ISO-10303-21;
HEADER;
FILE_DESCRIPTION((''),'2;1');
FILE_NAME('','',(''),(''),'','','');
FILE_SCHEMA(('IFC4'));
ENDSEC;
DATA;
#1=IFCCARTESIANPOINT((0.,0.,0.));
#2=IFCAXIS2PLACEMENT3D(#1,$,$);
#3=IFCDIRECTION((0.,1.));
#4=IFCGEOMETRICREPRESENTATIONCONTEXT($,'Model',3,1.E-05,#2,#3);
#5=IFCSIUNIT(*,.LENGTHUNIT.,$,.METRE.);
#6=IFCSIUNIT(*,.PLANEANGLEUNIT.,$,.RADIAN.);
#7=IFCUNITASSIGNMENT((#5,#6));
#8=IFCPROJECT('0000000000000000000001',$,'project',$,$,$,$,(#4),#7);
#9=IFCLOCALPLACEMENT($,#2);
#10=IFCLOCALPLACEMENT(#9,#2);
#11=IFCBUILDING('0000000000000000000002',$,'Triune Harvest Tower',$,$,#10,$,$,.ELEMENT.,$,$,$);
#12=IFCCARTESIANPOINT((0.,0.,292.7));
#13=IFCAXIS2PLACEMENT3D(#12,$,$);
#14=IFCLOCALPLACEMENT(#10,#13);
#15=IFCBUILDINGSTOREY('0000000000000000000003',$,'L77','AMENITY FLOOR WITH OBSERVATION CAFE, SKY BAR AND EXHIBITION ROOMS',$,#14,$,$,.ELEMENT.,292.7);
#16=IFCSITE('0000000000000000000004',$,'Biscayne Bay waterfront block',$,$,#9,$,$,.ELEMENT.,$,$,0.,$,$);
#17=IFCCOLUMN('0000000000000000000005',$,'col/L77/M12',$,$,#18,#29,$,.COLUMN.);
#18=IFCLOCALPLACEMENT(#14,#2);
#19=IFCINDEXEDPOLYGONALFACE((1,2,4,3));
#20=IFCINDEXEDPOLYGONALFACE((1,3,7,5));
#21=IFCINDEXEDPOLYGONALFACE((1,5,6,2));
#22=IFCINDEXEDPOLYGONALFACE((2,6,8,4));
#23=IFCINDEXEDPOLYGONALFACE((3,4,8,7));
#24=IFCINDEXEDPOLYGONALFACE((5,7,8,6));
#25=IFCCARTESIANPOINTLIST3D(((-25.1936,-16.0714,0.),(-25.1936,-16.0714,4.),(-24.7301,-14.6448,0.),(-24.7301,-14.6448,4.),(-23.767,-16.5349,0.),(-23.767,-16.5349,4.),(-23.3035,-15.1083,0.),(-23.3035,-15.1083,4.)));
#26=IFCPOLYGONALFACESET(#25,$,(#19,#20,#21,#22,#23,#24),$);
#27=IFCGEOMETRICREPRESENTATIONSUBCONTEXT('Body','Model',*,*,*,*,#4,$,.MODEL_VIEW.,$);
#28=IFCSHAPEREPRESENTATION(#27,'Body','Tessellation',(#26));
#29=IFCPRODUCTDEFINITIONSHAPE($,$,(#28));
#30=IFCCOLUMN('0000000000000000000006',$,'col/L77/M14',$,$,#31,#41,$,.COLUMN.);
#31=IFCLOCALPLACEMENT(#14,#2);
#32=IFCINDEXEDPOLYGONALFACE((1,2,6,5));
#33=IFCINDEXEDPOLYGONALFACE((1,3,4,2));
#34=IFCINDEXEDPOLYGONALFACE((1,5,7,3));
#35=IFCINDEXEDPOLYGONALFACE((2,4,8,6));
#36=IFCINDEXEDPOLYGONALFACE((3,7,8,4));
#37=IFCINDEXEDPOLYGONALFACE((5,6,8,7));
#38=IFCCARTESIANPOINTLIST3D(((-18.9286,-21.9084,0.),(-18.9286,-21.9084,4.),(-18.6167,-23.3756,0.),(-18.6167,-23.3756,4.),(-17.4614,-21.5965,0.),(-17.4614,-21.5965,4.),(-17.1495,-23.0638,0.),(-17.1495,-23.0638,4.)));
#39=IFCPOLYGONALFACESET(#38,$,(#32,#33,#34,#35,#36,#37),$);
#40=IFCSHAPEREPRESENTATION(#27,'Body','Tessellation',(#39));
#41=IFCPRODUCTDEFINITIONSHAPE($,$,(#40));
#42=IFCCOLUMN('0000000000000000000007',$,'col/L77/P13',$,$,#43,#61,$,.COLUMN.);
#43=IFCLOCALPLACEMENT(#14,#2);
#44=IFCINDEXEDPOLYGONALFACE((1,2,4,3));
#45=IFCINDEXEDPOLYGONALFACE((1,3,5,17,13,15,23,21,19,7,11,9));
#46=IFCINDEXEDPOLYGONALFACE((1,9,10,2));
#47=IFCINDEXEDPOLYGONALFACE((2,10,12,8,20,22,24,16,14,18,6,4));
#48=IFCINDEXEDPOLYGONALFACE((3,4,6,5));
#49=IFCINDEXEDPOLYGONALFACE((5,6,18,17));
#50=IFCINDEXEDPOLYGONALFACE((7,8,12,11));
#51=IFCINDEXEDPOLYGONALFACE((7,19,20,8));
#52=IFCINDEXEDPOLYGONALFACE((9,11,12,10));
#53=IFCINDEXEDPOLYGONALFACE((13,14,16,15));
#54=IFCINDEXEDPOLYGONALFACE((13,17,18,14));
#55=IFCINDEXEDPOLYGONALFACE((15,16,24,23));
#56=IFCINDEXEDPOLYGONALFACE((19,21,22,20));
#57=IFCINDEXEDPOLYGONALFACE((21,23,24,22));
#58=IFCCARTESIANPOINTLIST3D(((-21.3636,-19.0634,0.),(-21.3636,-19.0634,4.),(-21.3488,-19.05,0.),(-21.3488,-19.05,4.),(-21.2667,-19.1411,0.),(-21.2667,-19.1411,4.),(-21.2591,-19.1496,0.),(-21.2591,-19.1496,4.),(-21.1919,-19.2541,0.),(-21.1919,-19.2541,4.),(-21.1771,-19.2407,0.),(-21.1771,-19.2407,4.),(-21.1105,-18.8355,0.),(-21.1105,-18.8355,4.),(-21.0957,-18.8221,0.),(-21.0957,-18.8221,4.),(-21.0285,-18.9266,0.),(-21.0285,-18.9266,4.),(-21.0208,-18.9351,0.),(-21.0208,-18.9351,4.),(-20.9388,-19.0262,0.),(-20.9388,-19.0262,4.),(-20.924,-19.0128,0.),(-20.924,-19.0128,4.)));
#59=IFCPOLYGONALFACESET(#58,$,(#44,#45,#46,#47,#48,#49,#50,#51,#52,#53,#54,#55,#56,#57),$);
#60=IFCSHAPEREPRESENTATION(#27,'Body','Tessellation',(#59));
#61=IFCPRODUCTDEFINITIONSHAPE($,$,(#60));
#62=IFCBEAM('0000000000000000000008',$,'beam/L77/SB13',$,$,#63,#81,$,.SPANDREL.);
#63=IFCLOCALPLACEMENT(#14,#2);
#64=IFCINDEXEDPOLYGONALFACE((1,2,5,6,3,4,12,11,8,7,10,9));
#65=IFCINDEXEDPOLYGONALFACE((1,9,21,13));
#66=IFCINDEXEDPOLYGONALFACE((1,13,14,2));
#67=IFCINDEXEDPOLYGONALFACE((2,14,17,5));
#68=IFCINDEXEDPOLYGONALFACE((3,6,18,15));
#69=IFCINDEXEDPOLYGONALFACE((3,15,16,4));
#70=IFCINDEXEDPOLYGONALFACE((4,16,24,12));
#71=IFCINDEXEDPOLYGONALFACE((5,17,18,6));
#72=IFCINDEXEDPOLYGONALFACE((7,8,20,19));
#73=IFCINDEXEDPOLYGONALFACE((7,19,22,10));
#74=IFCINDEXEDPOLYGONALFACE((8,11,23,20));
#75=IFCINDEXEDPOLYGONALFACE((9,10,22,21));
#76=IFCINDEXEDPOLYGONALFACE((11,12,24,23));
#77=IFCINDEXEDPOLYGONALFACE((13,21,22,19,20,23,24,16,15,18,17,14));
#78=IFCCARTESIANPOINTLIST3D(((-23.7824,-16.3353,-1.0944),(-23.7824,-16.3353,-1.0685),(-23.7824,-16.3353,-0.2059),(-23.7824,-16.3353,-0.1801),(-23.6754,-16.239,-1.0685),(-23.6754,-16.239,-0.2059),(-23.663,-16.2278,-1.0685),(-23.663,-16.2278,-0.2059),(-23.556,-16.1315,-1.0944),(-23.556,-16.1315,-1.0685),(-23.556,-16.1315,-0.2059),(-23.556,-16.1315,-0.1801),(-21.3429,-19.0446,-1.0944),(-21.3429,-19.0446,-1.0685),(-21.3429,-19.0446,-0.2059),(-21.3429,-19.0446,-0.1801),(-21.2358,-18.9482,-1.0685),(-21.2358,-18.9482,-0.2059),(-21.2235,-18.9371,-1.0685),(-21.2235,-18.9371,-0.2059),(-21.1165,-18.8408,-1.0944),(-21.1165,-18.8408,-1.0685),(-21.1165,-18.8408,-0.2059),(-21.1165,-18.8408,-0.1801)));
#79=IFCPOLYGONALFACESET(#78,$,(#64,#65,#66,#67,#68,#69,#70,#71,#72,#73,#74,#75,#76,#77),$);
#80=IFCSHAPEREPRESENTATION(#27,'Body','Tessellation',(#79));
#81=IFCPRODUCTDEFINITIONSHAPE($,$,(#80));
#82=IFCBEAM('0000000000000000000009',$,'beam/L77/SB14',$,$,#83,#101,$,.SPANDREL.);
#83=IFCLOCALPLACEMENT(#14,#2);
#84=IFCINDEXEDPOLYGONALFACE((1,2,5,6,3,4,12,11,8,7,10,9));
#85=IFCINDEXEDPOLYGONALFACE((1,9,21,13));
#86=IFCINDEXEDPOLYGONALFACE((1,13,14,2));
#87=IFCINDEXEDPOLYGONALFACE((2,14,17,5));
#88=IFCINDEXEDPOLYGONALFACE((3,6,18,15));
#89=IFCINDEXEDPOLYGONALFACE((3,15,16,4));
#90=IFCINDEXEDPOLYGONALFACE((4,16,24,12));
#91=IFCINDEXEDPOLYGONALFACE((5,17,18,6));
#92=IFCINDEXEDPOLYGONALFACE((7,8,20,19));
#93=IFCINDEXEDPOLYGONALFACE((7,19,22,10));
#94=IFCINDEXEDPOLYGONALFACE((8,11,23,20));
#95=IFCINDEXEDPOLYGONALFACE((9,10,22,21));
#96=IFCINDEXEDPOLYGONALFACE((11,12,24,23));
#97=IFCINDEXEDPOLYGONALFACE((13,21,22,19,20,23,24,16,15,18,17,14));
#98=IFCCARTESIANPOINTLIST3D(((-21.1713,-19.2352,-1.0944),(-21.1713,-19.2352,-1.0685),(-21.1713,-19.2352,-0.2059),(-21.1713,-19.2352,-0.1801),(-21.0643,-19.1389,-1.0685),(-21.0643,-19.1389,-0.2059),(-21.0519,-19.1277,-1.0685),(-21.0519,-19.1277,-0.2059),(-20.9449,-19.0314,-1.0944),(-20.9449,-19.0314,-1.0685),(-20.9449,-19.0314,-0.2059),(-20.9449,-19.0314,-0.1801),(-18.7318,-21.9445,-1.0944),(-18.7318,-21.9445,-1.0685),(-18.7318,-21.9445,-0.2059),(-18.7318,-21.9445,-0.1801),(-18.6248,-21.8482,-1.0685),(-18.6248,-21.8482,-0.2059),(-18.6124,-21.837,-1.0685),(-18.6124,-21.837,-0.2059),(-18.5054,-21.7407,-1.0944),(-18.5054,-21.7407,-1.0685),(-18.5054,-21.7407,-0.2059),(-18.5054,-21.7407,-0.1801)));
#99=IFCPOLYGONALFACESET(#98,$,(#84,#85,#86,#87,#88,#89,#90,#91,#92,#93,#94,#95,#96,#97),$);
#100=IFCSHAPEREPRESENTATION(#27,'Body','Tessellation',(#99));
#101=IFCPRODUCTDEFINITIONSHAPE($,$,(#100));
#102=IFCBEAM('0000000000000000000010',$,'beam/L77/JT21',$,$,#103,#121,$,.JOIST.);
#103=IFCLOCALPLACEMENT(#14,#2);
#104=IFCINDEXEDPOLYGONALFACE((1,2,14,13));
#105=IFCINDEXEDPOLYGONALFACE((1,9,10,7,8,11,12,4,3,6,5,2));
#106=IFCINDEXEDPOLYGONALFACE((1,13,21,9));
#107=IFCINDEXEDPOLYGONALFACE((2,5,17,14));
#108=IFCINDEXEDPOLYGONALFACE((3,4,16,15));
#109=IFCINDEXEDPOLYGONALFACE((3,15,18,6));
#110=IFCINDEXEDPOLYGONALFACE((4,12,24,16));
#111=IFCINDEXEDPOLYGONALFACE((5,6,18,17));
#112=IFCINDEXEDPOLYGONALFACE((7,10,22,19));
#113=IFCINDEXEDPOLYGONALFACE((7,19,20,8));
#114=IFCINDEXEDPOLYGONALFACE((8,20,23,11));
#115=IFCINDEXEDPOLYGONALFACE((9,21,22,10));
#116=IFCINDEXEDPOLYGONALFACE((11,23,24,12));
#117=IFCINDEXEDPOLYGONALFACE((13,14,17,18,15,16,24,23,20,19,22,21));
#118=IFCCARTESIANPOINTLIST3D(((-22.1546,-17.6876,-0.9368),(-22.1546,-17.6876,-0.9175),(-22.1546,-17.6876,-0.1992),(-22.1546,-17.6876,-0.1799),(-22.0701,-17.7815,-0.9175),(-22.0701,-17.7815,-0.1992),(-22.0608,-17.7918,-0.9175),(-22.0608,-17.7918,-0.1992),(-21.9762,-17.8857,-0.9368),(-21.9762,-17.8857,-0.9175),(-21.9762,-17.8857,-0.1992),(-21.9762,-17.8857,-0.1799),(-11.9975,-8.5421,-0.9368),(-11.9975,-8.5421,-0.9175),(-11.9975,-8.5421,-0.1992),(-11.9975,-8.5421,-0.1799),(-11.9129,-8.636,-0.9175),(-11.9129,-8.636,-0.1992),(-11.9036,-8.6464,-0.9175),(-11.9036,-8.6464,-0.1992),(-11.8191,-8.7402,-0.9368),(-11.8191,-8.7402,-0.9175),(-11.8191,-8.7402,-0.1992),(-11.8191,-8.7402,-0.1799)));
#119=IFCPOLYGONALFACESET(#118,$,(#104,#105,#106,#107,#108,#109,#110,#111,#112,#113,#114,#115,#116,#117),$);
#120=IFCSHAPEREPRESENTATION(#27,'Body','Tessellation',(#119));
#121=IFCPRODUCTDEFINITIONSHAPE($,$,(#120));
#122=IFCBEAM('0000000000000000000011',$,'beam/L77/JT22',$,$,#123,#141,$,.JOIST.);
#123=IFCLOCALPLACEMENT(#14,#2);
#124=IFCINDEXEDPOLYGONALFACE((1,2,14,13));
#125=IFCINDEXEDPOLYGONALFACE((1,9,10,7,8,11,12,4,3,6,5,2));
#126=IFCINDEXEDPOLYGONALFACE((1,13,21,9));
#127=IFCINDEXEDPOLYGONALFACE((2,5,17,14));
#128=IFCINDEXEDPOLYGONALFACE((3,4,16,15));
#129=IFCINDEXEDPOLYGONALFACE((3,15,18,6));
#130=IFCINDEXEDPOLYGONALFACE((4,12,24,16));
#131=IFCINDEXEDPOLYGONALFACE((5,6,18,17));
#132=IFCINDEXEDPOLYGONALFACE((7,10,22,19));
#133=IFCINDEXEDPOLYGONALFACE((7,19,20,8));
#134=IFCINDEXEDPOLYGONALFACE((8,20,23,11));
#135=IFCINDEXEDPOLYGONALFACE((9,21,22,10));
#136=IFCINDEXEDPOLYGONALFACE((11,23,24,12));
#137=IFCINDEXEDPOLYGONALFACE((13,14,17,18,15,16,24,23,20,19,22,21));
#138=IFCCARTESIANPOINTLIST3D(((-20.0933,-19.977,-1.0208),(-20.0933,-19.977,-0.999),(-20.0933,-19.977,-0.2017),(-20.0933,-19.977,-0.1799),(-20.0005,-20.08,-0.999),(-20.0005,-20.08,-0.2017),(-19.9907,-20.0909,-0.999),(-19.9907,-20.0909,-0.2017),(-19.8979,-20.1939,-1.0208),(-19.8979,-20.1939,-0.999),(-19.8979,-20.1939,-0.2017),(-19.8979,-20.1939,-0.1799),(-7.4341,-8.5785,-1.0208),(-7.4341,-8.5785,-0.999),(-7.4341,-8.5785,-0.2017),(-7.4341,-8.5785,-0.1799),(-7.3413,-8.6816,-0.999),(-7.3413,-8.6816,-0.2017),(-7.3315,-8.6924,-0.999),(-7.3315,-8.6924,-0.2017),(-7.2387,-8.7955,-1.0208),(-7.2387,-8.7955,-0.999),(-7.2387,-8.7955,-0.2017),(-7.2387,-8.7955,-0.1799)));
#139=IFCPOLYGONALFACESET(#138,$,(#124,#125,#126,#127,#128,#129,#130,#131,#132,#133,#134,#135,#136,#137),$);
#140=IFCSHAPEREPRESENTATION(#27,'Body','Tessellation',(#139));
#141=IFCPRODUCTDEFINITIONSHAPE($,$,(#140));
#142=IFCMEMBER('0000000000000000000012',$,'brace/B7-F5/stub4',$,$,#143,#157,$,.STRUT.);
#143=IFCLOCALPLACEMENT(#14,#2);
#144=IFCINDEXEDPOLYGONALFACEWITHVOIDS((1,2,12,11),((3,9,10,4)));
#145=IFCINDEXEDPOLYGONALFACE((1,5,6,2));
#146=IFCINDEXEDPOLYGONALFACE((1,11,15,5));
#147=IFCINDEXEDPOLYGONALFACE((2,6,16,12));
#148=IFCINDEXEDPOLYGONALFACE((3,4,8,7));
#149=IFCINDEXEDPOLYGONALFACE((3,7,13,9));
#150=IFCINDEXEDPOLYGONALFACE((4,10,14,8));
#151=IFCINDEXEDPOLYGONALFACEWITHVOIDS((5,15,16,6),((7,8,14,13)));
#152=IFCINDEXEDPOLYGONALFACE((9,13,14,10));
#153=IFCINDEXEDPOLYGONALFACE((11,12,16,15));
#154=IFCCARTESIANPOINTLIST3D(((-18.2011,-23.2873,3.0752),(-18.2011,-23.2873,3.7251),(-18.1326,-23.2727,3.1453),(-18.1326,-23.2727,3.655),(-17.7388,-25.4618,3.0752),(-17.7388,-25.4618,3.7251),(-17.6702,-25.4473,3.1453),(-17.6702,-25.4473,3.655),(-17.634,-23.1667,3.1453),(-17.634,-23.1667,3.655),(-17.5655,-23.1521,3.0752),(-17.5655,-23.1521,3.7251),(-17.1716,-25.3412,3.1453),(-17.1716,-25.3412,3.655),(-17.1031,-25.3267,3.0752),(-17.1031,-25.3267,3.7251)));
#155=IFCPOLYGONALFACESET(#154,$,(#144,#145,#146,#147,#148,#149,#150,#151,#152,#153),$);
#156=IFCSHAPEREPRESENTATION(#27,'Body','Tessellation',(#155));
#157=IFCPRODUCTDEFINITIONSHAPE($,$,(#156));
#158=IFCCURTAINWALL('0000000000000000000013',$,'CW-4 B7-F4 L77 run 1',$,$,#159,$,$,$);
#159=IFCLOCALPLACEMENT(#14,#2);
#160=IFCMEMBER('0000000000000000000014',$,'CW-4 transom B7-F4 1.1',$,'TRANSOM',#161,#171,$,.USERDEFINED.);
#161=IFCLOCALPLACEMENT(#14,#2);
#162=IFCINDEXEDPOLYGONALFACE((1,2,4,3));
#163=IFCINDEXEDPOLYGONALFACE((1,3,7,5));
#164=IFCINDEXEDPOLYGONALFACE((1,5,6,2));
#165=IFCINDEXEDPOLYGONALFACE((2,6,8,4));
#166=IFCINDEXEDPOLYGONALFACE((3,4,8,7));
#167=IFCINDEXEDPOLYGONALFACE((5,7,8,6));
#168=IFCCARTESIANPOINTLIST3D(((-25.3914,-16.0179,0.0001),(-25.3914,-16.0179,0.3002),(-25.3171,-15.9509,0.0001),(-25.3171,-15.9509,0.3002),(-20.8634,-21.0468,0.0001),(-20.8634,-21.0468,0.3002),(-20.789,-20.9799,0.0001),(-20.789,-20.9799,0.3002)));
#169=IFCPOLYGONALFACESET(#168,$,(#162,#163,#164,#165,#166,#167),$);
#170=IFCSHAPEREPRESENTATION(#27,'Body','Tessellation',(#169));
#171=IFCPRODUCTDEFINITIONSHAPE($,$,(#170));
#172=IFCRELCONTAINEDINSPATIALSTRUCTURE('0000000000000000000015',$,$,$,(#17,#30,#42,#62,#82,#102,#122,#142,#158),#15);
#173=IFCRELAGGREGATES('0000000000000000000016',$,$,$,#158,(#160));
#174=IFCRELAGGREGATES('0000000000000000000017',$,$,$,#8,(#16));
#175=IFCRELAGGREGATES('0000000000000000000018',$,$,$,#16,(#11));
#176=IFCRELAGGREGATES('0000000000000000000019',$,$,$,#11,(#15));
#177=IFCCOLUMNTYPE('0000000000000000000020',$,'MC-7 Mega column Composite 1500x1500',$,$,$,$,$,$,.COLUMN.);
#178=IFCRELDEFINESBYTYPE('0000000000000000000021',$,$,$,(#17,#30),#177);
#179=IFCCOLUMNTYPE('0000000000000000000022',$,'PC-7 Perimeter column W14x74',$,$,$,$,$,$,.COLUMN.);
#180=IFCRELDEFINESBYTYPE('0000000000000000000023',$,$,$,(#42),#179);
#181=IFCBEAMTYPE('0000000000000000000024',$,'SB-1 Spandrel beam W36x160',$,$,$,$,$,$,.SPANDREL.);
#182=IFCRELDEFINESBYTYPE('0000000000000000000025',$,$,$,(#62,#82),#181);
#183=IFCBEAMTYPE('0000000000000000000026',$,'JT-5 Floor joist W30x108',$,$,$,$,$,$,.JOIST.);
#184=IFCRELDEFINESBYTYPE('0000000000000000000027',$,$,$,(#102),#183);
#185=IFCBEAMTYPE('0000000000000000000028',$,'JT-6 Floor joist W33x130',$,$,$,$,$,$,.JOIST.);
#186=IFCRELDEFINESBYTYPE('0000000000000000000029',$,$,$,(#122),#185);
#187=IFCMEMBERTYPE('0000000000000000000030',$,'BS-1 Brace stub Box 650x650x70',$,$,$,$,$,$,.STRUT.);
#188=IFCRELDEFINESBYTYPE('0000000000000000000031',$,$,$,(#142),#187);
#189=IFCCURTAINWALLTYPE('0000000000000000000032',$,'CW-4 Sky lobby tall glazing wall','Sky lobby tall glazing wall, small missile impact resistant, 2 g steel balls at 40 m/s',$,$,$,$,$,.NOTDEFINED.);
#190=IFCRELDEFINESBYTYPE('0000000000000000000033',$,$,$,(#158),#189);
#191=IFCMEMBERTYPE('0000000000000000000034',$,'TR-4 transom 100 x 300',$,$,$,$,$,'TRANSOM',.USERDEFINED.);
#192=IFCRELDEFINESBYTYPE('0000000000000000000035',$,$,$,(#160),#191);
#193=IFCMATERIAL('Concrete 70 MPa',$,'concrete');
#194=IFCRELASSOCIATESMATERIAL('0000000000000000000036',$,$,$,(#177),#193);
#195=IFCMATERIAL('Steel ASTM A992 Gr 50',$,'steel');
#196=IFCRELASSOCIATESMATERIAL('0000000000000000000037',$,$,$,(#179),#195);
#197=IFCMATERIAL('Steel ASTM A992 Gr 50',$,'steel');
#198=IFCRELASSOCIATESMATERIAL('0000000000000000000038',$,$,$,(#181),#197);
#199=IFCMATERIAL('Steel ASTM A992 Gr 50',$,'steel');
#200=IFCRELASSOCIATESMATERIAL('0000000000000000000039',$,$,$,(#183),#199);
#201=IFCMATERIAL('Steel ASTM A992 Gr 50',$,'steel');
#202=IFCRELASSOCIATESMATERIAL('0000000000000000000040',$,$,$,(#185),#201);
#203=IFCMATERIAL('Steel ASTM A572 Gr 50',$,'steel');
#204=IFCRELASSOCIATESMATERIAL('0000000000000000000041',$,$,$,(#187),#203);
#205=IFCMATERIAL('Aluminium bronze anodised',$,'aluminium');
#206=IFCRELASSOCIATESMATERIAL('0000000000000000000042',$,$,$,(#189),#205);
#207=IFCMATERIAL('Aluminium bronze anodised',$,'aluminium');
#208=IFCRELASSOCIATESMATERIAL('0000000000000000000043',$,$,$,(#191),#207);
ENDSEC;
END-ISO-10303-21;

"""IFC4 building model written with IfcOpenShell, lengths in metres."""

from ifc_helpers import new_model, si_unit, direction, frame, origin, origin_2d, place, context, subcontext, project, spatial, rectangle, hollow_rectangle, i_section, extrude, source, transform, mapped, material, material_profile, profile_set, type_object, element, aggregate, save


model = new_model("IFC4")

# Units and contexts
model_context = context("Model", 3, precision=1e-05, world=origin(), true_north=direction((0.0, 1.0)))
body_context = subcontext(model_context, "Body", "Model", "MODEL_VIEW")
ifc_project = project(units=[si_unit("LENGTHUNIT", "METRE"), si_unit("PLANEANGLEUNIT", "RADIAN")], contexts=[model_context])

# Site, building, storey
site_placement = place(None, origin())
site = spatial("IfcSite", under=ifc_project, at=site_placement, Name="Biscayne Bay waterfront block", CompositionType="ELEMENT", RefElevation=0.0)
building_placement = place(site_placement, origin())
building = spatial("IfcBuilding", under=site, at=building_placement, Name="Triune Harvest Tower", CompositionType="ELEMENT")
storey_placement = place(building_placement, frame((0.0, 0.0, 292.7)))
storey = spatial("IfcBuildingStorey", under=building, at=storey_placement, Name="L77", Description="AMENITY FLOOR WITH OBSERVATION CAFE, SKY BAR AND EXHIBITION ROOMS", CompositionType="ELEMENT", Elevation=292.7)

# Columns
ifc_material_1 = material(Name="Concrete 70 MPa", Category="concrete")
ifc_material_profile_1 = material_profile(ifc_material_1, rectangle(XDim=1.5, YDim=1.5, at=origin_2d()), Name="Composite 1500x1500")
ifc_profile_set_1 = profile_set([ifc_material_profile_1], Name="Concrete 70 MPa")
column_type_1 = type_object("IfcColumnType", Name="MC-7 Mega column Composite 1500x1500", PredefinedType="COLUMN", material=ifc_profile_set_1)
shared_shape_1 = source(origin(), body_context, "Body", "SweptSolid", [
    extrude(rectangle(XDim=1.5, YDim=1.5, at=origin_2d()), origin(), (0.0, 0.0, 1.0), 4.0),
])
for number, where, z_axis, x_axis, name in (
    (1, (-24.2485, -15.5898, 0.0), (0.0, 0.0, 1.0), (-0.309015, -0.951057, 0.0), "col/L77/M12"),
    (2, (-18.0391, -22.4861, 0.0), (0.0, 0.0, 1.0), (0.978147, 0.207913, 0.0), "col/L77/M14"),
):
    element("IfcColumn", number, at=place(storey_placement, frame(where, z_axis=z_axis, x_axis=x_axis)), inside=storey, type_object=column_type_1, Name=name, PredefinedType="COLUMN", context=body_context, shape_type="MappedRepresentation", body=[
        mapped(shared_shape_1, transform((0.0, 0.0, 0.0), scale=1.0)),
    ])
ifc_material_2 = material(Name="Steel ASTM A992 Gr 50", Category="steel")
ifc_material_profile_2 = material_profile(ifc_material_2, i_section(OverallWidth=0.2566, OverallDepth=0.3606, WebThickness=0.0115, FlangeThickness=0.02, at=origin_2d()), Name="W14x74")
ifc_profile_set_2 = profile_set([ifc_material_profile_2], Name="Steel ASTM A992 Gr 50")
column_type_2 = type_object("IfcColumnType", Name="PC-7 Perimeter column W14x74", PredefinedType="COLUMN", material=ifc_profile_set_2)
shared_shape_2 = source(origin(), body_context, "Body", "SweptSolid", [
    extrude(i_section(OverallWidth=0.2566, OverallDepth=0.3606, WebThickness=0.0115, FlangeThickness=0.02, at=origin_2d()), origin(), (0.0, 0.0, 1.0), 4.0),
])
column_placement = place(storey_placement, frame((-21.1438, -19.0381, 0.0), z_axis=(0.0, 0.0, 1.0), x_axis=(0.669129, -0.743146, 0.0)))
element("IfcColumn", 3, at=column_placement, inside=storey, type_object=column_type_2, Name="col/L77/P13", PredefinedType="COLUMN", context=body_context, shape_type="MappedRepresentation", body=[
    mapped(shared_shape_2, transform((0.0, 0.0, 0.0), scale=1.0)),
])

# Beams
ifc_material_3 = material(Name="Steel ASTM A992 Gr 50", Category="steel")
ifc_material_profile_3 = material_profile(ifc_material_3, i_section(OverallWidth=0.3047, OverallDepth=0.9143, WebThickness=0.0166, FlangeThickness=0.0259, at=origin_2d()), Name="W36x160")
ifc_profile_set_3 = profile_set([ifc_material_profile_3], Name="Steel ASTM A992 Gr 50")
beam_type_1 = type_object("IfcBeamType", Name="SB-1 Spandrel beam W36x160", PredefinedType="SPANDREL", material=ifc_profile_set_3)
shared_shape_3 = source(origin(), body_context, "Body", "SweptSolid", [
    extrude(i_section(OverallWidth=0.3047, OverallDepth=0.9143, WebThickness=0.0166, FlangeThickness=0.0259, at=origin_2d()), origin(), (0.0, 0.0, 1.0), 3.6458),
])
for number, where, z_axis, x_axis, name in (
    (4, (-23.6692, -16.2334, -0.6372), (0.669139, -0.743138, 0.0), (0.743138, 0.669139, 0.0), "beam/L77/SB13"),
    (5, (-21.0581, -19.1333, -0.6372), (0.669139, -0.743138, 0.0), (0.743138, 0.669139, 0.0), "beam/L77/SB14"),
):
    element("IfcBeam", number, at=place(storey_placement, frame(where, z_axis=z_axis, x_axis=x_axis)), inside=storey, type_object=beam_type_1, Name=name, PredefinedType="SPANDREL", context=body_context, shape_type="MappedRepresentation", body=[
        mapped(shared_shape_3, transform((0.0, 0.0, 0.0), scale=1.0)),
    ])
ifc_material_4 = material(Name="Steel ASTM A992 Gr 50", Category="steel")
ifc_material_profile_4 = material_profile(ifc_material_4, i_section(OverallWidth=0.2666, OverallDepth=0.7568, WebThickness=0.0139, FlangeThickness=0.0193, at=origin_2d()), Name="W30x108")
ifc_profile_set_4 = profile_set([ifc_material_profile_4], Name="Steel ASTM A992 Gr 50")
beam_type_2 = type_object("IfcBeamType", Name="JT-5 Floor joist W30x108", PredefinedType="JOIST", material=ifc_profile_set_4)
shared_shape_4 = source(origin(), body_context, "Body", "SweptSolid", [
    extrude(i_section(OverallWidth=0.2666, OverallDepth=0.7568, WebThickness=0.0139, FlangeThickness=0.0193, at=origin_2d()), origin(), (0.0, 0.0, 1.0), 13.6677),
])
beam_1_placement = place(storey_placement, frame((-22.0654, -17.7866, -0.5583), z_axis=(0.743148, 0.669127, 0.0), x_axis=(-0.669127, 0.743148, 0.0)))
element("IfcBeam", 6, at=beam_1_placement, inside=storey, type_object=beam_type_2, Name="beam/L77/JT21", PredefinedType="JOIST", context=body_context, shape_type="MappedRepresentation", body=[
    mapped(shared_shape_4, transform((0.0, 0.0, 0.0), scale=1.0)),
])
ifc_material_5 = material(Name="Steel ASTM A992 Gr 50", Category="steel")
ifc_material_profile_5 = material_profile(ifc_material_5, i_section(OverallWidth=0.292, OverallDepth=0.8408, WebThickness=0.0146, FlangeThickness=0.0217, at=origin_2d()), Name="W33x130")
ifc_profile_set_5 = profile_set([ifc_material_profile_5], Name="Steel ASTM A992 Gr 50")
beam_type_3 = type_object("IfcBeamType", Name="JT-6 Floor joist W33x130", PredefinedType="JOIST", material=ifc_profile_set_5)
shared_shape_5 = source(origin(), body_context, "Body", "SweptSolid", [
    extrude(i_section(OverallWidth=0.292, OverallDepth=0.8408, WebThickness=0.0146, FlangeThickness=0.0217, at=origin_2d()), origin(), (0.0, 0.0, 1.0), 17.0347),
])
beam_2_placement = place(storey_placement, frame((-19.9956, -20.0854, -0.6003), z_axis=(0.743143, 0.669133, 0.0), x_axis=(-0.669133, 0.743143, 0.0)))
element("IfcBeam", 7, at=beam_2_placement, inside=storey, type_object=beam_type_3, Name="beam/L77/JT22", PredefinedType="JOIST", context=body_context, shape_type="MappedRepresentation", body=[
    mapped(shared_shape_5, transform((0.0, 0.0, 0.0), scale=1.0)),
])

# Member
ifc_material_6 = material(Name="Steel ASTM A572 Gr 50", Category="steel")
ifc_material_profile_6 = material_profile(ifc_material_6, hollow_rectangle(XDim=0.6499, YDim=0.6499, WallThickness=0.0701, at=origin_2d()), Name="Box 650x650x70")
ifc_profile_set_6 = profile_set([ifc_material_profile_6], Name="Steel ASTM A572 Gr 50")
member_type_1 = type_object("IfcMemberType", Name="BS-1 Brace stub Box 650x650x70", PredefinedType="STRUT", material=ifc_profile_set_6)
shared_shape_6 = source(origin(), body_context, "Body", "SweptSolid", [
    extrude(hollow_rectangle(XDim=0.6499, YDim=0.6499, WallThickness=0.0701, at=origin_2d()), origin(), (0.0, 0.0, 1.0), 2.2231),
])
member_1_placement = place(storey_placement, frame((-17.8833, -23.2197, 3.4001), z_axis=(0.207991, -0.978131, 0.0), x_axis=(0.978131, 0.207991, 0.0)))
element("IfcMember", 8, at=member_1_placement, inside=storey, type_object=member_type_1, Name="brace/B7-F5/stub4", PredefinedType="STRUT", context=body_context, shape_type="MappedRepresentation", body=[
    mapped(shared_shape_6, transform((0.0, 0.0, 0.0), scale=1.0)),
])

# Curtain wall, member
ifc_material_7 = material(Name="Aluminium bronze anodised", Category="aluminium")
curtain_wall_type_1 = type_object("IfcCurtainWallType", Name="CW-4 Sky lobby tall glazing wall", Description="Sky lobby tall glazing wall, small missile impact resistant, 2 g steel balls at 40 m/s", PredefinedType="NOTDEFINED", material=ifc_material_7)
curtain_wall_1_placement = place(storey_placement, origin())
curtain_wall_1 = element("IfcCurtainWall", 9, at=curtain_wall_1_placement, inside=storey, type_object=curtain_wall_type_1, Name="CW-4 B7-F4 L77 run 1")
ifc_material_8 = material(Name="Aluminium bronze anodised", Category="aluminium")
ifc_material_profile_7 = material_profile(ifc_material_8, rectangle(XDim=0.1001, YDim=0.3, at=origin_2d()), Name="TR-4 transom 100 x 300")
ifc_profile_set_7 = profile_set([ifc_material_profile_7], Name="Aluminium bronze anodised")
member_type_2 = type_object("IfcMemberType", Name="TR-4 transom 100 x 300", ElementType="TRANSOM", PredefinedType="USERDEFINED", material=ifc_profile_set_7)
shared_shape_7 = source(origin(), body_context, "Body", "SweptSolid", [
    extrude(rectangle(XDim=0.1001, YDim=0.3, at=origin_2d()), origin(), (0.0, 0.0, 1.0), 6.7671),
])
member_2_placement = place(storey_placement, frame((-25.3542, -15.9844, 0.1501), z_axis=(0.669122, -0.743152, 0.0), x_axis=(0.743152, 0.669122, 0.0)))
member_2 = element("IfcMember", 10, at=member_2_placement, type_object=member_type_2, Name="CW-4 transom B7-F4 1.1", ObjectType="TRANSOM", PredefinedType="USERDEFINED", context=body_context, shape_type="MappedRepresentation", body=[
    mapped(shared_shape_7, transform((0.0, 0.0, 0.0), scale=1.0)),
])

aggregate(curtain_wall_1, [member_2])

save(model, "model.ifc")
